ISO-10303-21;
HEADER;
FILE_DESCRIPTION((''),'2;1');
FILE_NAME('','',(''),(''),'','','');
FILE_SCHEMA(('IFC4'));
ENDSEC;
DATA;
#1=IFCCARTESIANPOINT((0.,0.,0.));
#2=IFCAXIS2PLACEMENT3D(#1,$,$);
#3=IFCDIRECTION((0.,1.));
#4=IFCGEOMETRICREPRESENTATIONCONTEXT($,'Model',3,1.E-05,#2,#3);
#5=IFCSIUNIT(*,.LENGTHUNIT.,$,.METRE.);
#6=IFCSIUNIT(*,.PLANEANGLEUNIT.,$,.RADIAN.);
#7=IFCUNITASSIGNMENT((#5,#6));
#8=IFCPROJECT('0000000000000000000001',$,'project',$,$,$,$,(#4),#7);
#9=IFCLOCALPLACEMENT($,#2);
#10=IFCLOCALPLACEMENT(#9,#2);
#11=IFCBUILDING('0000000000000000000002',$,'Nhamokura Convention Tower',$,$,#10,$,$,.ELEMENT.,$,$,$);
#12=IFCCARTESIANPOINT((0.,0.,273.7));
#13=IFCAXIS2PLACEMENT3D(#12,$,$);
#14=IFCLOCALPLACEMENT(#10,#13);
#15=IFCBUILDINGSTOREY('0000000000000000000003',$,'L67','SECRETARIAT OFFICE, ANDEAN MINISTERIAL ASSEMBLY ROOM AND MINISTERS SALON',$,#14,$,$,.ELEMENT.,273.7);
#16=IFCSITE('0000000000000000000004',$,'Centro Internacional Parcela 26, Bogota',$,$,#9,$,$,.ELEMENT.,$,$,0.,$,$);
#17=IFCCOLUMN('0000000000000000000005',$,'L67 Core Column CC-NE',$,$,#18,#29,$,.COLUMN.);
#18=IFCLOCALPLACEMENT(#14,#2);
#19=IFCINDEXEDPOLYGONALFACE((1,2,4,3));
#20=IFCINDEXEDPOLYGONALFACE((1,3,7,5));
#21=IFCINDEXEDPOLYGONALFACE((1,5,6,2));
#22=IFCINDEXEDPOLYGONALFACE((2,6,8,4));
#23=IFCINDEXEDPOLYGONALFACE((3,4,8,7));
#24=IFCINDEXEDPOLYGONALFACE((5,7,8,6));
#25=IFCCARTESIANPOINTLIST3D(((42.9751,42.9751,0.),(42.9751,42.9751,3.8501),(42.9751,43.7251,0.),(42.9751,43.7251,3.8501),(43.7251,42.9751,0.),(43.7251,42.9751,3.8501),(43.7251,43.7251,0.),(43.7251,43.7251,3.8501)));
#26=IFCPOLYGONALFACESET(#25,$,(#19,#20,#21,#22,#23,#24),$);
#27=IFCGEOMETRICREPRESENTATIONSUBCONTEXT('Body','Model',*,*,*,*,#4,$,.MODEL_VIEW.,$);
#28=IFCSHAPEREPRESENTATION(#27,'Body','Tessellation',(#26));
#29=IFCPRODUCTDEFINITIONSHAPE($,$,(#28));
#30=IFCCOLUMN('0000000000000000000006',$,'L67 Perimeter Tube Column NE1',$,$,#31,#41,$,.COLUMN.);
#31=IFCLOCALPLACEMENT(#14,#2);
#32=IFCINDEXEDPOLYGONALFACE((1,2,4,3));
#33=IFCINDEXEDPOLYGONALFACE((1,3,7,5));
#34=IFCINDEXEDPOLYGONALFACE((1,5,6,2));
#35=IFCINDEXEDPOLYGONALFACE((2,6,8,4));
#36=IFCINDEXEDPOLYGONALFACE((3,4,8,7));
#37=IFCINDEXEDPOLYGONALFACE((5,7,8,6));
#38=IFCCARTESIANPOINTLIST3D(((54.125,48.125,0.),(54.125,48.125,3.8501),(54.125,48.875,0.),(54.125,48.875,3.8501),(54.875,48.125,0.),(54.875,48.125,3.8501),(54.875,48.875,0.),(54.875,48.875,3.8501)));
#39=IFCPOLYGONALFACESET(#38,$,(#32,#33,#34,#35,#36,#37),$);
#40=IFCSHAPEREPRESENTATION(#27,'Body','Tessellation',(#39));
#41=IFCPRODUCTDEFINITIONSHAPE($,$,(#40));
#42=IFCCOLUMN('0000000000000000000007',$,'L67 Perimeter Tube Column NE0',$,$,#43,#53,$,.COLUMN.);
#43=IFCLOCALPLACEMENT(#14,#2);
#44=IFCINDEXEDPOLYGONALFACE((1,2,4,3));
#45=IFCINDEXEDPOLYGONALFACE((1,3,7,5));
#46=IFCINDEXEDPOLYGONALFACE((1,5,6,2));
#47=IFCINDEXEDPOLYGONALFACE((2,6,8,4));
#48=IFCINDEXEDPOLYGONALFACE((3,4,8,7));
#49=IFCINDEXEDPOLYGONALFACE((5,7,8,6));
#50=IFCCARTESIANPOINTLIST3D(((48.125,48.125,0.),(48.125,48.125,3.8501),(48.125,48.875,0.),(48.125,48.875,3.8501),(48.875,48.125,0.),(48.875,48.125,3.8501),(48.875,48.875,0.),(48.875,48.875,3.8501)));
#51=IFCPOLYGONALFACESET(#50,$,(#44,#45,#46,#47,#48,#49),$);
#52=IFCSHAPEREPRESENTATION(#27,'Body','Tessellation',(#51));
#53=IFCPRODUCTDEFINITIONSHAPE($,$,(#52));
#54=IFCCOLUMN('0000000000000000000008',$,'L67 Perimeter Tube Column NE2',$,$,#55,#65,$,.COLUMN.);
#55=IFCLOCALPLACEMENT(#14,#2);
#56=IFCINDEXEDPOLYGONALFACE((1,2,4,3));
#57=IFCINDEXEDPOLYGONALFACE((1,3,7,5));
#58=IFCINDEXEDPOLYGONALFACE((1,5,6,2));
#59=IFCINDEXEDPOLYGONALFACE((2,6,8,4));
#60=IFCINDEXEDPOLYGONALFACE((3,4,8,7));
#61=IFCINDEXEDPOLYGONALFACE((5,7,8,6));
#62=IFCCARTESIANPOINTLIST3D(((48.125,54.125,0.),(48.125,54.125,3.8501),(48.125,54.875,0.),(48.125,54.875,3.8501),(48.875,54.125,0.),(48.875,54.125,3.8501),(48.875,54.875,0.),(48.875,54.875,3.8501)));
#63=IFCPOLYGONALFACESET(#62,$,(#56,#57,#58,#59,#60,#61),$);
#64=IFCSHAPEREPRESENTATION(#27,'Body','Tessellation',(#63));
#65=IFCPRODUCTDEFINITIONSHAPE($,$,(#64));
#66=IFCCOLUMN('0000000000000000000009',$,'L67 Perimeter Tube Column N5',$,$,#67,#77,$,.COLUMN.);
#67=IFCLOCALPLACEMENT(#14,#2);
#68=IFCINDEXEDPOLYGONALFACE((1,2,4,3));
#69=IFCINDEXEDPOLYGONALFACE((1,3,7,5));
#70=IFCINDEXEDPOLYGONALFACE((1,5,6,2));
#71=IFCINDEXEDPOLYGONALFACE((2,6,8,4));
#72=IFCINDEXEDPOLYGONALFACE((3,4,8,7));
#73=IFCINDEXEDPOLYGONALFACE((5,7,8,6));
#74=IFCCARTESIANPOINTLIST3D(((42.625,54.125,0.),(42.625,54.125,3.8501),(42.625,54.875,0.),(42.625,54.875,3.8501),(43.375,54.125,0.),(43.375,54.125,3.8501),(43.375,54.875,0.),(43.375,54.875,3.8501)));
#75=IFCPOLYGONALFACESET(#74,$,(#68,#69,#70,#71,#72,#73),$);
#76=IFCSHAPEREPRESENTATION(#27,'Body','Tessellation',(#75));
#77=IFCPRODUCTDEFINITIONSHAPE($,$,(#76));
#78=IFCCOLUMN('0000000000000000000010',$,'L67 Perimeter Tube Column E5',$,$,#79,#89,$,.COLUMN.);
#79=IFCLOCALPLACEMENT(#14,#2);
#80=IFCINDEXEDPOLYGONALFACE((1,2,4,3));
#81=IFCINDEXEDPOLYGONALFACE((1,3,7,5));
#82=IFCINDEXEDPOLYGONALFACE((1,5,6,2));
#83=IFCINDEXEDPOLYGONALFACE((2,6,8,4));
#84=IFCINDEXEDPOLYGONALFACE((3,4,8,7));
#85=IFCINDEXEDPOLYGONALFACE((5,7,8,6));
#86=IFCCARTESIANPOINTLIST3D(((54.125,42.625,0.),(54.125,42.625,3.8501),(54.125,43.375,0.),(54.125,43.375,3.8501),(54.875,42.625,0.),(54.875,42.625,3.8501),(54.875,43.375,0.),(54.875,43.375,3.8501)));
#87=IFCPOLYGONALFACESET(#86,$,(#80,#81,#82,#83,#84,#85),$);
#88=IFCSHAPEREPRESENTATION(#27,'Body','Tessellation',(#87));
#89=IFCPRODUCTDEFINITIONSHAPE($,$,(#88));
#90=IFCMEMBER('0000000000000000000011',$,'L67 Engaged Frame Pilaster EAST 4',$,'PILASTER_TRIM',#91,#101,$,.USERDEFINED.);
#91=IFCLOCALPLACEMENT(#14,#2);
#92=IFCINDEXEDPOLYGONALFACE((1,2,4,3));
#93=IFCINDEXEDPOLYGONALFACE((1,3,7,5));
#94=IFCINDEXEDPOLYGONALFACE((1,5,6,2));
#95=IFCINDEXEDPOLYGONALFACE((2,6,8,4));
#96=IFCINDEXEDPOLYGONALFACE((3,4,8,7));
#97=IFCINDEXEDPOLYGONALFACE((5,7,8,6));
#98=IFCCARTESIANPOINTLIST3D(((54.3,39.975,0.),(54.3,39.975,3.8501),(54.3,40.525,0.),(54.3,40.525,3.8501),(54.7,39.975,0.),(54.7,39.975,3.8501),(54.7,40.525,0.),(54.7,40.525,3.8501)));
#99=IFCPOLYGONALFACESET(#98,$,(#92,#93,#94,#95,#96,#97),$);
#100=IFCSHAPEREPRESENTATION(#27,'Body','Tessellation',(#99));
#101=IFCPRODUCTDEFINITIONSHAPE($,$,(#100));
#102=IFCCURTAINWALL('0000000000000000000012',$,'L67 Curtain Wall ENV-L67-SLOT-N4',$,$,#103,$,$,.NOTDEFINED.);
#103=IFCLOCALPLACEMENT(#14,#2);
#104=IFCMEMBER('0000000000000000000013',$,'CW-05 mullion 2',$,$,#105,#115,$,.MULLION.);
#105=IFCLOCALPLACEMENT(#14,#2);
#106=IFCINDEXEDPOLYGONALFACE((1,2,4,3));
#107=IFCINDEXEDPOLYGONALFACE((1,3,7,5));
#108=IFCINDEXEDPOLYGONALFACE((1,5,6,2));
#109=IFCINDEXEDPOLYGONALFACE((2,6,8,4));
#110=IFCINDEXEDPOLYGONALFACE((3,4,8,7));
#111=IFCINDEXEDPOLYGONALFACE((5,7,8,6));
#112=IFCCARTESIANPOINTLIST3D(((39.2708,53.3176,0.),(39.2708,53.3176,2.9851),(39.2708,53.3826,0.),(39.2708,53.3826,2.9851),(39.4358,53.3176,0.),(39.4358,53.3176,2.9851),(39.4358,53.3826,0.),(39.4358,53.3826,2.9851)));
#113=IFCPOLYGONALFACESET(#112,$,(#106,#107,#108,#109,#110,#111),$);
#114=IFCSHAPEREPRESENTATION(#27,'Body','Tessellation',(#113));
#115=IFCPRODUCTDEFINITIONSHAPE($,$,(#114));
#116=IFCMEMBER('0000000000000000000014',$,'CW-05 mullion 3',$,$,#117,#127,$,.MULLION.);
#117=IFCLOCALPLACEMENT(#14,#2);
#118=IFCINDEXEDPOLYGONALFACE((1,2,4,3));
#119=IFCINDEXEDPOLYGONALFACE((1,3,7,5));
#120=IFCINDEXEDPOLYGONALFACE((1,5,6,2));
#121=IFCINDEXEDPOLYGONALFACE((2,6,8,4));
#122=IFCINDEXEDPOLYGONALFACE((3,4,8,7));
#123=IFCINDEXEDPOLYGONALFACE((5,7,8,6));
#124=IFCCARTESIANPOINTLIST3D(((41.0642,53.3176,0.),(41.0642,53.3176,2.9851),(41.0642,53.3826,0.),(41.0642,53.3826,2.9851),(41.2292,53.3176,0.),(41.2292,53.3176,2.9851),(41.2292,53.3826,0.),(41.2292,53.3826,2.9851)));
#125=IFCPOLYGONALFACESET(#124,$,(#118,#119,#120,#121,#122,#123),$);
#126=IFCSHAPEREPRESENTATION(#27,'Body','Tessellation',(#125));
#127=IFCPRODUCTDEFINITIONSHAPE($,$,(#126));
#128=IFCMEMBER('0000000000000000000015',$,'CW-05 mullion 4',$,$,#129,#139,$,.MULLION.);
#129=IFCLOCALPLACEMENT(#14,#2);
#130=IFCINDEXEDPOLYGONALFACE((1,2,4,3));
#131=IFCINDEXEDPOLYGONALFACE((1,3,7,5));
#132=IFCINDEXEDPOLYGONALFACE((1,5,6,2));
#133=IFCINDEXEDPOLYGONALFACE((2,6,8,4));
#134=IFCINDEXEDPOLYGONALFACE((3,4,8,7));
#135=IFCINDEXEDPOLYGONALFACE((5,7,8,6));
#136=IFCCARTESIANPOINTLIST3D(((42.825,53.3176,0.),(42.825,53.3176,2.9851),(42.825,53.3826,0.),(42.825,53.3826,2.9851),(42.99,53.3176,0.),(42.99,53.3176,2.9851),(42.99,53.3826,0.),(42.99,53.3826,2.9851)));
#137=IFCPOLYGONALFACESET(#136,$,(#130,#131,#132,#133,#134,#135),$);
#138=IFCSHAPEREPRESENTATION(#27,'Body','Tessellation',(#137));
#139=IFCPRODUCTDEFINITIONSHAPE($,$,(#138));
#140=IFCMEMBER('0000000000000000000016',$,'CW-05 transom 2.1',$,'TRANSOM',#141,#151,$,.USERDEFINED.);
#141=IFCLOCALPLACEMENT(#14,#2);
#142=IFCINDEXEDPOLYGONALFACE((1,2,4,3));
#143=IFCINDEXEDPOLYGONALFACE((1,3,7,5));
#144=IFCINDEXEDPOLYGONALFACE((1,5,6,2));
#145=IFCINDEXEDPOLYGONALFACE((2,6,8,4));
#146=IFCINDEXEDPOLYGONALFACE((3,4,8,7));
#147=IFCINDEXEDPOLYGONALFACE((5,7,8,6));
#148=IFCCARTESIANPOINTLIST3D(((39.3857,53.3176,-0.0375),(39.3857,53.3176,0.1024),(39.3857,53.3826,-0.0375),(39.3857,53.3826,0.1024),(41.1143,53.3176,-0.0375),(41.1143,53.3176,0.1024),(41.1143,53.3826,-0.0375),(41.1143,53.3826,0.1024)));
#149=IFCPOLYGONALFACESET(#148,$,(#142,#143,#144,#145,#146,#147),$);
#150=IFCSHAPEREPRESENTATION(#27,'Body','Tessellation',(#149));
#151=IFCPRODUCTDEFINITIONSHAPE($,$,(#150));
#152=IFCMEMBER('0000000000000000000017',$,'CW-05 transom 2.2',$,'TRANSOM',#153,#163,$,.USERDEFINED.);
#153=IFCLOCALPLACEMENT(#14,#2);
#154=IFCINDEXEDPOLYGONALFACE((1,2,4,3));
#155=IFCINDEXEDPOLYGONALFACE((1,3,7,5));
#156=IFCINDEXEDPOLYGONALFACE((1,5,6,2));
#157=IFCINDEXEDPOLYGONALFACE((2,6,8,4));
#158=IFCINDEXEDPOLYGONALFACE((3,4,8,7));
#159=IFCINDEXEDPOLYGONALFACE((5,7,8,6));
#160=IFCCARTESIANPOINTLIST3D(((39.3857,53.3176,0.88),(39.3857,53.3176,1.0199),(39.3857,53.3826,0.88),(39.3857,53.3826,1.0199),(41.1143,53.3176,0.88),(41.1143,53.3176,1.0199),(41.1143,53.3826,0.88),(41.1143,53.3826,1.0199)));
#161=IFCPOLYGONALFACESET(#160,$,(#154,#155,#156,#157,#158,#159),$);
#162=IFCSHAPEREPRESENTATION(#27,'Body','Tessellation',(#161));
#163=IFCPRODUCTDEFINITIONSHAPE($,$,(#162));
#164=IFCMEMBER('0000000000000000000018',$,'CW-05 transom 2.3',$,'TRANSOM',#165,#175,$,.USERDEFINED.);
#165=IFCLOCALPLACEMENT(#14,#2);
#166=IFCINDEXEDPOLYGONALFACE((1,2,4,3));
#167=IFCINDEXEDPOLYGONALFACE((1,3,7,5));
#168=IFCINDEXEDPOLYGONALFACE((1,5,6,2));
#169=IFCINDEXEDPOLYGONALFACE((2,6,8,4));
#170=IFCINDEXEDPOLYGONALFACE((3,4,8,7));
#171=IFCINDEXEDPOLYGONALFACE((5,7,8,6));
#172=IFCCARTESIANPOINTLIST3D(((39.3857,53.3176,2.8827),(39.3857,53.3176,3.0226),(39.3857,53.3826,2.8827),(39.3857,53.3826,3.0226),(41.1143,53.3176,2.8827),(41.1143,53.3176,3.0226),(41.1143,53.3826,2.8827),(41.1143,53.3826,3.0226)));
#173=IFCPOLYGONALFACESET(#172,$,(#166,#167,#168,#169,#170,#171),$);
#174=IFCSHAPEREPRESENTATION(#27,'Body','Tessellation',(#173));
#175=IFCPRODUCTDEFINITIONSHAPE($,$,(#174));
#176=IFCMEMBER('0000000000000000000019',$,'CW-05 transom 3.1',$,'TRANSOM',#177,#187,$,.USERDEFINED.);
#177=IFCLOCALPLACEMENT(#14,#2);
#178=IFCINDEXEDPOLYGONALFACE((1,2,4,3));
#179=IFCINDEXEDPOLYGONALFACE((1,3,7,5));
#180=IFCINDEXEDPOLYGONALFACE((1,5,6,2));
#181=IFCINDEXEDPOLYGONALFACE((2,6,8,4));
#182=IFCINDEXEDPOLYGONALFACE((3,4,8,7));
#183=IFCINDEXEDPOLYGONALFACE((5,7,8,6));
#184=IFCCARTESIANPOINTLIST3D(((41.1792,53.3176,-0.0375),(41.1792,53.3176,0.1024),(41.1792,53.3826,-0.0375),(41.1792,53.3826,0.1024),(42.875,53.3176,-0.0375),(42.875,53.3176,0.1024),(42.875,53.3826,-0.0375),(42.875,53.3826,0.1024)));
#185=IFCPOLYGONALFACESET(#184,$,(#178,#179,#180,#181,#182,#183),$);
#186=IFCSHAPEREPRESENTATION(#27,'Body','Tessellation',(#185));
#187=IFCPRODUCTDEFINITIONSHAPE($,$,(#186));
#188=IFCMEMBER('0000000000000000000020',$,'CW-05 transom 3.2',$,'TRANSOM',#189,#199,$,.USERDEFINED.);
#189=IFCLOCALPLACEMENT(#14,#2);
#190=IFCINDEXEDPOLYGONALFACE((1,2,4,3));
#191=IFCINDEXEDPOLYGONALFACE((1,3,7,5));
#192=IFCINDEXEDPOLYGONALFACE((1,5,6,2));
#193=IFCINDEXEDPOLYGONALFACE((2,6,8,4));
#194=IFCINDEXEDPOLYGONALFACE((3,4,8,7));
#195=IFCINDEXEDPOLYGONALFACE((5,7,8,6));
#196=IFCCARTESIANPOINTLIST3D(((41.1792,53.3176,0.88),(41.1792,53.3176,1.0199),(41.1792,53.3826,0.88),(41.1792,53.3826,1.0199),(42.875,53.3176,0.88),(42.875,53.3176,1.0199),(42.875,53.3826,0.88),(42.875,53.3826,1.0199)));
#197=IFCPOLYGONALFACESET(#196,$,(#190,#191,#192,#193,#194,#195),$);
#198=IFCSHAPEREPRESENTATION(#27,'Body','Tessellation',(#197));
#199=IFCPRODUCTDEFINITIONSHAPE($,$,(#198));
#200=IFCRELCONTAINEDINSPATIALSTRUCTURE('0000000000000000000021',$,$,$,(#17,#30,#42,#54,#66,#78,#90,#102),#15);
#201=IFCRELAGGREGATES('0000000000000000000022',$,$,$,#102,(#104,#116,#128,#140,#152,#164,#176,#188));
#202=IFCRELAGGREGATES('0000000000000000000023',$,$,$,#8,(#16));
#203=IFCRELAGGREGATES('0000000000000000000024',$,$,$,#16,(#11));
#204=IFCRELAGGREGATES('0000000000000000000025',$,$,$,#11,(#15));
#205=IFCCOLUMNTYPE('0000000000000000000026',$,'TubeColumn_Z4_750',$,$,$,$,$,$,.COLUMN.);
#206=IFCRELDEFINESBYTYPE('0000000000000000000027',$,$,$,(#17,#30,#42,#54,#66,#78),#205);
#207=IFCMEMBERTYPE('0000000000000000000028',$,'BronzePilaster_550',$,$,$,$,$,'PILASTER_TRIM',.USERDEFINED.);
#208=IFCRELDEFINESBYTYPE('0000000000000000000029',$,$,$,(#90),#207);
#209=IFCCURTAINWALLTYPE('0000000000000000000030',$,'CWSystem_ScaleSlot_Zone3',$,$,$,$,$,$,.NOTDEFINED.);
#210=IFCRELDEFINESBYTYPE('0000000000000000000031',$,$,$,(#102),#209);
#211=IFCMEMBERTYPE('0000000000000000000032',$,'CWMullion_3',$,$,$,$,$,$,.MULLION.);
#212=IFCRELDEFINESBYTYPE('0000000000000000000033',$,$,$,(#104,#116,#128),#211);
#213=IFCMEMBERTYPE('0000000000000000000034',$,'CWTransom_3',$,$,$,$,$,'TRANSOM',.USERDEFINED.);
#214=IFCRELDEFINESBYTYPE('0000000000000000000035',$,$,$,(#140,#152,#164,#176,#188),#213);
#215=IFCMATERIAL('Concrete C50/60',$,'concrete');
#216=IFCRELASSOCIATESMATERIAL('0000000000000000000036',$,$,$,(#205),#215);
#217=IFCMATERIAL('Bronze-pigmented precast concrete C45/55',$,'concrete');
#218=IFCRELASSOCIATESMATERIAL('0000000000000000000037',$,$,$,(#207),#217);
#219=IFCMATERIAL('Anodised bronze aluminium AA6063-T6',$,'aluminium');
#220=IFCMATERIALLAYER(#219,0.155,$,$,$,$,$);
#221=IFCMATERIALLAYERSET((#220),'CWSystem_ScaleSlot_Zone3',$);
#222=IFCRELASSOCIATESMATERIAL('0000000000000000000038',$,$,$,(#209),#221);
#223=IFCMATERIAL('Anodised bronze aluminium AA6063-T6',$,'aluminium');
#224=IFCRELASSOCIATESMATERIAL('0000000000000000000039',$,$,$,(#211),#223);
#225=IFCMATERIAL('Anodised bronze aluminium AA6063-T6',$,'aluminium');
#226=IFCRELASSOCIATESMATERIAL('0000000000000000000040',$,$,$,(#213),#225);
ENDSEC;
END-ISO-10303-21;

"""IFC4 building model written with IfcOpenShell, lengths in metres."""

from ifc_helpers import new_model, si_unit, direction, frame, origin, origin_2d, place, context, subcontext, project, spatial, rectangle, extrude, material, layer, layer_set, material_profile, profile_set, type_object, element, aggregate, save


model = new_model("IFC4")

# Units and contexts
model_context = context("Model", 3, precision=1e-05, world=origin(), true_north=direction((0.0, 1.0)))
body_context = subcontext(model_context, "Body", "Model", "MODEL_VIEW")
ifc_project = project(units=[si_unit("LENGTHUNIT", "METRE"), si_unit("PLANEANGLEUNIT", "RADIAN")], contexts=[model_context])

# Site, building, storey
site_placement = place(None, origin())
site = spatial("IfcSite", under=ifc_project, at=site_placement, Name="Centro Internacional Parcela 26, Bogota", CompositionType="ELEMENT", RefElevation=0.0)
building_placement = place(site_placement, origin())
building = spatial("IfcBuilding", under=site, at=building_placement, Name="Nhamokura Convention Tower", CompositionType="ELEMENT")
storey_placement = place(building_placement, frame((0.0, 0.0, 273.7)))
storey = spatial("IfcBuildingStorey", under=building, at=storey_placement, Name="L67", Description="SECRETARIAT OFFICE, ANDEAN MINISTERIAL ASSEMBLY ROOM AND MINISTERS SALON", CompositionType="ELEMENT", Elevation=273.7)

# Columns
ifc_material_1 = material(Name="Concrete C50/60", Category="concrete")
ifc_material_profile_1 = material_profile(ifc_material_1, rectangle(XDim=0.75, YDim=0.75, at=origin_2d()))
ifc_profile_set_1 = profile_set([ifc_material_profile_1], Name="Concrete C50/60")
column_type = type_object("IfcColumnType", Name="TubeColumn_Z4_750", PredefinedType="COLUMN", material=ifc_profile_set_1)
for number, where, z_axis, x_axis, name in (
    (1, (43.3501, 43.3501, 0.0), (0.0, 0.0, 1.0), (1.0, 0.0, 0.0), "L67 Core Column CC-NE"),
    (2, (54.5, 48.5, 0.0), (0.0, 0.0, 1.0), (1.0, 0.0, 0.0), "L67 Perimeter Tube Column NE1"),
    (3, (48.5, 48.5, 0.0), (0.0, 0.0, 1.0), (1.0, 0.0, 0.0), "L67 Perimeter Tube Column NE0"),
    (4, (48.5, 54.5, 0.0), (0.0, 0.0, 1.0), (1.0, 0.0, 0.0), "L67 Perimeter Tube Column NE2"),
    (5, (43.0, 54.5, 0.0), (0.0, 0.0, 1.0), (1.0, 0.0, 0.0), "L67 Perimeter Tube Column N5"),
    (6, (54.5, 43.0, 0.0), (0.0, 0.0, 1.0), (1.0, 0.0, 0.0), "L67 Perimeter Tube Column E5"),
):
    element("IfcColumn", number, at=place(storey_placement, frame(where, z_axis=z_axis, x_axis=x_axis)), inside=storey, type_object=column_type, Name=name, PredefinedType="COLUMN", context=body_context, shape_type="SweptSolid", body=[
        extrude(rectangle(XDim=0.75, YDim=0.75, at=origin_2d()), origin(), (0.0, 0.0, 1.0), 3.8501),
    ])

# Member
ifc_material_2 = material(Name="Bronze-pigmented precast concrete C45/55", Category="concrete")
ifc_material_profile_2 = material_profile(ifc_material_2, rectangle(XDim=0.3999, YDim=0.55, at=origin_2d()))
ifc_profile_set_2 = profile_set([ifc_material_profile_2], Name="Bronze-pigmented precast concrete C45/55")
member_type_1 = type_object("IfcMemberType", Name="BronzePilaster_550", ElementType="PILASTER_TRIM", PredefinedType="USERDEFINED", material=ifc_profile_set_2)
member_1_placement = place(storey_placement, frame((54.5, 40.25, 0.0), z_axis=(0.0, 0.0, 1.0), x_axis=(1.0, 0.0, 0.0)))
element("IfcMember", 7, at=member_1_placement, inside=storey, type_object=member_type_1, Name="L67 Engaged Frame Pilaster EAST 4", ObjectType="PILASTER_TRIM", PredefinedType="USERDEFINED", context=body_context, shape_type="SweptSolid", body=[
    extrude(rectangle(XDim=0.3999, YDim=0.55, at=origin_2d()), origin(), (0.0, 0.0, 1.0), 3.8501),
])

# Curtain wall, members
ifc_material_3 = material(Name="Anodised bronze aluminium AA6063-T6", Category="aluminium")
ifc_layer_1 = layer(ifc_material_3, 0.155)
ifc_layer_set_1 = layer_set([ifc_layer_1], Name="CWSystem_ScaleSlot_Zone3")
curtain_wall_type = type_object("IfcCurtainWallType", Name="CWSystem_ScaleSlot_Zone3", PredefinedType="NOTDEFINED", material=ifc_layer_set_1)
curtain_wall_placement = place(storey_placement, origin())
curtain_wall = element("IfcCurtainWall", 8, at=curtain_wall_placement, inside=storey, type_object=curtain_wall_type, Name="L67 Curtain Wall ENV-L67-SLOT-N4", PredefinedType="NOTDEFINED")
ifc_material_4 = material(Name="Anodised bronze aluminium AA6063-T6", Category="aluminium")
ifc_material_profile_3 = material_profile(ifc_material_4, rectangle(XDim=0.0649, YDim=0.165, at=origin_2d()))
ifc_profile_set_3 = profile_set([ifc_material_profile_3], Name="Anodised bronze aluminium AA6063-T6")
member_type_2 = type_object("IfcMemberType", Name="CWMullion_3", PredefinedType="MULLION", material=ifc_profile_set_3)
member_2_placement = place(storey_placement, frame((39.3533, 53.3501, 0.0), z_axis=(0.0, 0.0, 1.0), x_axis=(0.0, 1.0, 0.0)))
member_2 = element("IfcMember", 9, at=member_2_placement, type_object=member_type_2, Name="CW-05 mullion 2", PredefinedType="MULLION", context=body_context, shape_type="SweptSolid", body=[
    extrude(rectangle(XDim=0.0649, YDim=0.165, at=origin_2d()), origin(), (0.0, 0.0, 1.0), 2.9851),
])
member_3_placement = place(storey_placement, frame((41.1467, 53.3501, 0.0), z_axis=(0.0, 0.0, 1.0), x_axis=(0.0, 1.0, 0.0)))
member_3 = element("IfcMember", 10, at=member_3_placement, type_object=member_type_2, Name="CW-05 mullion 3", PredefinedType="MULLION", context=body_context, shape_type="SweptSolid", body=[
    extrude(rectangle(XDim=0.0649, YDim=0.165, at=origin_2d()), origin(), (0.0, 0.0, 1.0), 2.9851),
])
member_4_placement = place(storey_placement, frame((42.9075, 53.3501, 0.0), z_axis=(0.0, 0.0, 1.0), x_axis=(0.0, 1.0, 0.0)))
member_4 = element("IfcMember", 11, at=member_4_placement, type_object=member_type_2, Name="CW-05 mullion 4", PredefinedType="MULLION", context=body_context, shape_type="SweptSolid", body=[
    extrude(rectangle(XDim=0.0649, YDim=0.165, at=origin_2d()), origin(), (0.0, 0.0, 1.0), 2.9851),
])
ifc_material_5 = material(Name="Anodised bronze aluminium AA6063-T6", Category="aluminium")
ifc_material_profile_4 = material_profile(ifc_material_5, rectangle(XDim=0.0649, YDim=0.1399, at=origin_2d()))
ifc_profile_set_4 = profile_set([ifc_material_profile_4], Name="Anodised bronze aluminium AA6063-T6")
member_type_3 = type_object("IfcMemberType", Name="CWTransom_3", ElementType="TRANSOM", PredefinedType="USERDEFINED", material=ifc_profile_set_4)
member_5_placement = place(storey_placement, frame((39.3857, 53.3501, 0.0325), z_axis=(1.0, 0.0, 0.0), x_axis=(0.0, 1.0, 0.0)))
member_5 = element("IfcMember", 12, at=member_5_placement, type_object=member_type_3, Name="CW-05 transom 2.1", ObjectType="TRANSOM", PredefinedType="USERDEFINED", context=body_context, shape_type="SweptSolid", body=[
    extrude(rectangle(XDim=0.0649, YDim=0.1399, at=origin_2d()), origin(), (0.0, 0.0, 1.0), 1.7285),
])
member_6_placement = place(storey_placement, frame((39.3857, 53.3501, 0.95), z_axis=(1.0, 0.0, 0.0), x_axis=(0.0, 1.0, 0.0)))
member_6 = element("IfcMember", 13, at=member_6_placement, type_object=member_type_3, Name="CW-05 transom 2.2", ObjectType="TRANSOM", PredefinedType="USERDEFINED", context=body_context, shape_type="SweptSolid", body=[
    extrude(rectangle(XDim=0.0649, YDim=0.1399, at=origin_2d()), origin(), (0.0, 0.0, 1.0), 1.7285),
])
member_7_placement = place(storey_placement, frame((39.3857, 53.3501, 2.9526), z_axis=(1.0, 0.0, 0.0), x_axis=(0.0, 1.0, 0.0)))
member_7 = element("IfcMember", 14, at=member_7_placement, type_object=member_type_3, Name="CW-05 transom 2.3", ObjectType="TRANSOM", PredefinedType="USERDEFINED", context=body_context, shape_type="SweptSolid", body=[
    extrude(rectangle(XDim=0.0649, YDim=0.1399, at=origin_2d()), origin(), (0.0, 0.0, 1.0), 1.7285),
])
member_8_placement = place(storey_placement, frame((41.1792, 53.3501, 0.0325), z_axis=(1.0, 0.0, 0.0), x_axis=(0.0, 1.0, 0.0)))
member_8 = element("IfcMember", 15, at=member_8_placement, type_object=member_type_3, Name="CW-05 transom 3.1", ObjectType="TRANSOM", PredefinedType="USERDEFINED", context=body_context, shape_type="SweptSolid", body=[
    extrude(rectangle(XDim=0.0649, YDim=0.1399, at=origin_2d()), origin(), (0.0, 0.0, 1.0), 1.6958),
])
member_9_placement = place(storey_placement, frame((41.1792, 53.3501, 0.95), z_axis=(1.0, 0.0, 0.0), x_axis=(0.0, 1.0, 0.0)))
member_9 = element("IfcMember", 16, at=member_9_placement, type_object=member_type_3, Name="CW-05 transom 3.2", ObjectType="TRANSOM", PredefinedType="USERDEFINED", context=body_context, shape_type="SweptSolid", body=[
    extrude(rectangle(XDim=0.0649, YDim=0.1399, at=origin_2d()), origin(), (0.0, 0.0, 1.0), 1.6958),
])

aggregate(curtain_wall, [member_2, member_3, member_4, member_5, member_6, member_7, member_8, member_9])

save(model, "model.ifc")
